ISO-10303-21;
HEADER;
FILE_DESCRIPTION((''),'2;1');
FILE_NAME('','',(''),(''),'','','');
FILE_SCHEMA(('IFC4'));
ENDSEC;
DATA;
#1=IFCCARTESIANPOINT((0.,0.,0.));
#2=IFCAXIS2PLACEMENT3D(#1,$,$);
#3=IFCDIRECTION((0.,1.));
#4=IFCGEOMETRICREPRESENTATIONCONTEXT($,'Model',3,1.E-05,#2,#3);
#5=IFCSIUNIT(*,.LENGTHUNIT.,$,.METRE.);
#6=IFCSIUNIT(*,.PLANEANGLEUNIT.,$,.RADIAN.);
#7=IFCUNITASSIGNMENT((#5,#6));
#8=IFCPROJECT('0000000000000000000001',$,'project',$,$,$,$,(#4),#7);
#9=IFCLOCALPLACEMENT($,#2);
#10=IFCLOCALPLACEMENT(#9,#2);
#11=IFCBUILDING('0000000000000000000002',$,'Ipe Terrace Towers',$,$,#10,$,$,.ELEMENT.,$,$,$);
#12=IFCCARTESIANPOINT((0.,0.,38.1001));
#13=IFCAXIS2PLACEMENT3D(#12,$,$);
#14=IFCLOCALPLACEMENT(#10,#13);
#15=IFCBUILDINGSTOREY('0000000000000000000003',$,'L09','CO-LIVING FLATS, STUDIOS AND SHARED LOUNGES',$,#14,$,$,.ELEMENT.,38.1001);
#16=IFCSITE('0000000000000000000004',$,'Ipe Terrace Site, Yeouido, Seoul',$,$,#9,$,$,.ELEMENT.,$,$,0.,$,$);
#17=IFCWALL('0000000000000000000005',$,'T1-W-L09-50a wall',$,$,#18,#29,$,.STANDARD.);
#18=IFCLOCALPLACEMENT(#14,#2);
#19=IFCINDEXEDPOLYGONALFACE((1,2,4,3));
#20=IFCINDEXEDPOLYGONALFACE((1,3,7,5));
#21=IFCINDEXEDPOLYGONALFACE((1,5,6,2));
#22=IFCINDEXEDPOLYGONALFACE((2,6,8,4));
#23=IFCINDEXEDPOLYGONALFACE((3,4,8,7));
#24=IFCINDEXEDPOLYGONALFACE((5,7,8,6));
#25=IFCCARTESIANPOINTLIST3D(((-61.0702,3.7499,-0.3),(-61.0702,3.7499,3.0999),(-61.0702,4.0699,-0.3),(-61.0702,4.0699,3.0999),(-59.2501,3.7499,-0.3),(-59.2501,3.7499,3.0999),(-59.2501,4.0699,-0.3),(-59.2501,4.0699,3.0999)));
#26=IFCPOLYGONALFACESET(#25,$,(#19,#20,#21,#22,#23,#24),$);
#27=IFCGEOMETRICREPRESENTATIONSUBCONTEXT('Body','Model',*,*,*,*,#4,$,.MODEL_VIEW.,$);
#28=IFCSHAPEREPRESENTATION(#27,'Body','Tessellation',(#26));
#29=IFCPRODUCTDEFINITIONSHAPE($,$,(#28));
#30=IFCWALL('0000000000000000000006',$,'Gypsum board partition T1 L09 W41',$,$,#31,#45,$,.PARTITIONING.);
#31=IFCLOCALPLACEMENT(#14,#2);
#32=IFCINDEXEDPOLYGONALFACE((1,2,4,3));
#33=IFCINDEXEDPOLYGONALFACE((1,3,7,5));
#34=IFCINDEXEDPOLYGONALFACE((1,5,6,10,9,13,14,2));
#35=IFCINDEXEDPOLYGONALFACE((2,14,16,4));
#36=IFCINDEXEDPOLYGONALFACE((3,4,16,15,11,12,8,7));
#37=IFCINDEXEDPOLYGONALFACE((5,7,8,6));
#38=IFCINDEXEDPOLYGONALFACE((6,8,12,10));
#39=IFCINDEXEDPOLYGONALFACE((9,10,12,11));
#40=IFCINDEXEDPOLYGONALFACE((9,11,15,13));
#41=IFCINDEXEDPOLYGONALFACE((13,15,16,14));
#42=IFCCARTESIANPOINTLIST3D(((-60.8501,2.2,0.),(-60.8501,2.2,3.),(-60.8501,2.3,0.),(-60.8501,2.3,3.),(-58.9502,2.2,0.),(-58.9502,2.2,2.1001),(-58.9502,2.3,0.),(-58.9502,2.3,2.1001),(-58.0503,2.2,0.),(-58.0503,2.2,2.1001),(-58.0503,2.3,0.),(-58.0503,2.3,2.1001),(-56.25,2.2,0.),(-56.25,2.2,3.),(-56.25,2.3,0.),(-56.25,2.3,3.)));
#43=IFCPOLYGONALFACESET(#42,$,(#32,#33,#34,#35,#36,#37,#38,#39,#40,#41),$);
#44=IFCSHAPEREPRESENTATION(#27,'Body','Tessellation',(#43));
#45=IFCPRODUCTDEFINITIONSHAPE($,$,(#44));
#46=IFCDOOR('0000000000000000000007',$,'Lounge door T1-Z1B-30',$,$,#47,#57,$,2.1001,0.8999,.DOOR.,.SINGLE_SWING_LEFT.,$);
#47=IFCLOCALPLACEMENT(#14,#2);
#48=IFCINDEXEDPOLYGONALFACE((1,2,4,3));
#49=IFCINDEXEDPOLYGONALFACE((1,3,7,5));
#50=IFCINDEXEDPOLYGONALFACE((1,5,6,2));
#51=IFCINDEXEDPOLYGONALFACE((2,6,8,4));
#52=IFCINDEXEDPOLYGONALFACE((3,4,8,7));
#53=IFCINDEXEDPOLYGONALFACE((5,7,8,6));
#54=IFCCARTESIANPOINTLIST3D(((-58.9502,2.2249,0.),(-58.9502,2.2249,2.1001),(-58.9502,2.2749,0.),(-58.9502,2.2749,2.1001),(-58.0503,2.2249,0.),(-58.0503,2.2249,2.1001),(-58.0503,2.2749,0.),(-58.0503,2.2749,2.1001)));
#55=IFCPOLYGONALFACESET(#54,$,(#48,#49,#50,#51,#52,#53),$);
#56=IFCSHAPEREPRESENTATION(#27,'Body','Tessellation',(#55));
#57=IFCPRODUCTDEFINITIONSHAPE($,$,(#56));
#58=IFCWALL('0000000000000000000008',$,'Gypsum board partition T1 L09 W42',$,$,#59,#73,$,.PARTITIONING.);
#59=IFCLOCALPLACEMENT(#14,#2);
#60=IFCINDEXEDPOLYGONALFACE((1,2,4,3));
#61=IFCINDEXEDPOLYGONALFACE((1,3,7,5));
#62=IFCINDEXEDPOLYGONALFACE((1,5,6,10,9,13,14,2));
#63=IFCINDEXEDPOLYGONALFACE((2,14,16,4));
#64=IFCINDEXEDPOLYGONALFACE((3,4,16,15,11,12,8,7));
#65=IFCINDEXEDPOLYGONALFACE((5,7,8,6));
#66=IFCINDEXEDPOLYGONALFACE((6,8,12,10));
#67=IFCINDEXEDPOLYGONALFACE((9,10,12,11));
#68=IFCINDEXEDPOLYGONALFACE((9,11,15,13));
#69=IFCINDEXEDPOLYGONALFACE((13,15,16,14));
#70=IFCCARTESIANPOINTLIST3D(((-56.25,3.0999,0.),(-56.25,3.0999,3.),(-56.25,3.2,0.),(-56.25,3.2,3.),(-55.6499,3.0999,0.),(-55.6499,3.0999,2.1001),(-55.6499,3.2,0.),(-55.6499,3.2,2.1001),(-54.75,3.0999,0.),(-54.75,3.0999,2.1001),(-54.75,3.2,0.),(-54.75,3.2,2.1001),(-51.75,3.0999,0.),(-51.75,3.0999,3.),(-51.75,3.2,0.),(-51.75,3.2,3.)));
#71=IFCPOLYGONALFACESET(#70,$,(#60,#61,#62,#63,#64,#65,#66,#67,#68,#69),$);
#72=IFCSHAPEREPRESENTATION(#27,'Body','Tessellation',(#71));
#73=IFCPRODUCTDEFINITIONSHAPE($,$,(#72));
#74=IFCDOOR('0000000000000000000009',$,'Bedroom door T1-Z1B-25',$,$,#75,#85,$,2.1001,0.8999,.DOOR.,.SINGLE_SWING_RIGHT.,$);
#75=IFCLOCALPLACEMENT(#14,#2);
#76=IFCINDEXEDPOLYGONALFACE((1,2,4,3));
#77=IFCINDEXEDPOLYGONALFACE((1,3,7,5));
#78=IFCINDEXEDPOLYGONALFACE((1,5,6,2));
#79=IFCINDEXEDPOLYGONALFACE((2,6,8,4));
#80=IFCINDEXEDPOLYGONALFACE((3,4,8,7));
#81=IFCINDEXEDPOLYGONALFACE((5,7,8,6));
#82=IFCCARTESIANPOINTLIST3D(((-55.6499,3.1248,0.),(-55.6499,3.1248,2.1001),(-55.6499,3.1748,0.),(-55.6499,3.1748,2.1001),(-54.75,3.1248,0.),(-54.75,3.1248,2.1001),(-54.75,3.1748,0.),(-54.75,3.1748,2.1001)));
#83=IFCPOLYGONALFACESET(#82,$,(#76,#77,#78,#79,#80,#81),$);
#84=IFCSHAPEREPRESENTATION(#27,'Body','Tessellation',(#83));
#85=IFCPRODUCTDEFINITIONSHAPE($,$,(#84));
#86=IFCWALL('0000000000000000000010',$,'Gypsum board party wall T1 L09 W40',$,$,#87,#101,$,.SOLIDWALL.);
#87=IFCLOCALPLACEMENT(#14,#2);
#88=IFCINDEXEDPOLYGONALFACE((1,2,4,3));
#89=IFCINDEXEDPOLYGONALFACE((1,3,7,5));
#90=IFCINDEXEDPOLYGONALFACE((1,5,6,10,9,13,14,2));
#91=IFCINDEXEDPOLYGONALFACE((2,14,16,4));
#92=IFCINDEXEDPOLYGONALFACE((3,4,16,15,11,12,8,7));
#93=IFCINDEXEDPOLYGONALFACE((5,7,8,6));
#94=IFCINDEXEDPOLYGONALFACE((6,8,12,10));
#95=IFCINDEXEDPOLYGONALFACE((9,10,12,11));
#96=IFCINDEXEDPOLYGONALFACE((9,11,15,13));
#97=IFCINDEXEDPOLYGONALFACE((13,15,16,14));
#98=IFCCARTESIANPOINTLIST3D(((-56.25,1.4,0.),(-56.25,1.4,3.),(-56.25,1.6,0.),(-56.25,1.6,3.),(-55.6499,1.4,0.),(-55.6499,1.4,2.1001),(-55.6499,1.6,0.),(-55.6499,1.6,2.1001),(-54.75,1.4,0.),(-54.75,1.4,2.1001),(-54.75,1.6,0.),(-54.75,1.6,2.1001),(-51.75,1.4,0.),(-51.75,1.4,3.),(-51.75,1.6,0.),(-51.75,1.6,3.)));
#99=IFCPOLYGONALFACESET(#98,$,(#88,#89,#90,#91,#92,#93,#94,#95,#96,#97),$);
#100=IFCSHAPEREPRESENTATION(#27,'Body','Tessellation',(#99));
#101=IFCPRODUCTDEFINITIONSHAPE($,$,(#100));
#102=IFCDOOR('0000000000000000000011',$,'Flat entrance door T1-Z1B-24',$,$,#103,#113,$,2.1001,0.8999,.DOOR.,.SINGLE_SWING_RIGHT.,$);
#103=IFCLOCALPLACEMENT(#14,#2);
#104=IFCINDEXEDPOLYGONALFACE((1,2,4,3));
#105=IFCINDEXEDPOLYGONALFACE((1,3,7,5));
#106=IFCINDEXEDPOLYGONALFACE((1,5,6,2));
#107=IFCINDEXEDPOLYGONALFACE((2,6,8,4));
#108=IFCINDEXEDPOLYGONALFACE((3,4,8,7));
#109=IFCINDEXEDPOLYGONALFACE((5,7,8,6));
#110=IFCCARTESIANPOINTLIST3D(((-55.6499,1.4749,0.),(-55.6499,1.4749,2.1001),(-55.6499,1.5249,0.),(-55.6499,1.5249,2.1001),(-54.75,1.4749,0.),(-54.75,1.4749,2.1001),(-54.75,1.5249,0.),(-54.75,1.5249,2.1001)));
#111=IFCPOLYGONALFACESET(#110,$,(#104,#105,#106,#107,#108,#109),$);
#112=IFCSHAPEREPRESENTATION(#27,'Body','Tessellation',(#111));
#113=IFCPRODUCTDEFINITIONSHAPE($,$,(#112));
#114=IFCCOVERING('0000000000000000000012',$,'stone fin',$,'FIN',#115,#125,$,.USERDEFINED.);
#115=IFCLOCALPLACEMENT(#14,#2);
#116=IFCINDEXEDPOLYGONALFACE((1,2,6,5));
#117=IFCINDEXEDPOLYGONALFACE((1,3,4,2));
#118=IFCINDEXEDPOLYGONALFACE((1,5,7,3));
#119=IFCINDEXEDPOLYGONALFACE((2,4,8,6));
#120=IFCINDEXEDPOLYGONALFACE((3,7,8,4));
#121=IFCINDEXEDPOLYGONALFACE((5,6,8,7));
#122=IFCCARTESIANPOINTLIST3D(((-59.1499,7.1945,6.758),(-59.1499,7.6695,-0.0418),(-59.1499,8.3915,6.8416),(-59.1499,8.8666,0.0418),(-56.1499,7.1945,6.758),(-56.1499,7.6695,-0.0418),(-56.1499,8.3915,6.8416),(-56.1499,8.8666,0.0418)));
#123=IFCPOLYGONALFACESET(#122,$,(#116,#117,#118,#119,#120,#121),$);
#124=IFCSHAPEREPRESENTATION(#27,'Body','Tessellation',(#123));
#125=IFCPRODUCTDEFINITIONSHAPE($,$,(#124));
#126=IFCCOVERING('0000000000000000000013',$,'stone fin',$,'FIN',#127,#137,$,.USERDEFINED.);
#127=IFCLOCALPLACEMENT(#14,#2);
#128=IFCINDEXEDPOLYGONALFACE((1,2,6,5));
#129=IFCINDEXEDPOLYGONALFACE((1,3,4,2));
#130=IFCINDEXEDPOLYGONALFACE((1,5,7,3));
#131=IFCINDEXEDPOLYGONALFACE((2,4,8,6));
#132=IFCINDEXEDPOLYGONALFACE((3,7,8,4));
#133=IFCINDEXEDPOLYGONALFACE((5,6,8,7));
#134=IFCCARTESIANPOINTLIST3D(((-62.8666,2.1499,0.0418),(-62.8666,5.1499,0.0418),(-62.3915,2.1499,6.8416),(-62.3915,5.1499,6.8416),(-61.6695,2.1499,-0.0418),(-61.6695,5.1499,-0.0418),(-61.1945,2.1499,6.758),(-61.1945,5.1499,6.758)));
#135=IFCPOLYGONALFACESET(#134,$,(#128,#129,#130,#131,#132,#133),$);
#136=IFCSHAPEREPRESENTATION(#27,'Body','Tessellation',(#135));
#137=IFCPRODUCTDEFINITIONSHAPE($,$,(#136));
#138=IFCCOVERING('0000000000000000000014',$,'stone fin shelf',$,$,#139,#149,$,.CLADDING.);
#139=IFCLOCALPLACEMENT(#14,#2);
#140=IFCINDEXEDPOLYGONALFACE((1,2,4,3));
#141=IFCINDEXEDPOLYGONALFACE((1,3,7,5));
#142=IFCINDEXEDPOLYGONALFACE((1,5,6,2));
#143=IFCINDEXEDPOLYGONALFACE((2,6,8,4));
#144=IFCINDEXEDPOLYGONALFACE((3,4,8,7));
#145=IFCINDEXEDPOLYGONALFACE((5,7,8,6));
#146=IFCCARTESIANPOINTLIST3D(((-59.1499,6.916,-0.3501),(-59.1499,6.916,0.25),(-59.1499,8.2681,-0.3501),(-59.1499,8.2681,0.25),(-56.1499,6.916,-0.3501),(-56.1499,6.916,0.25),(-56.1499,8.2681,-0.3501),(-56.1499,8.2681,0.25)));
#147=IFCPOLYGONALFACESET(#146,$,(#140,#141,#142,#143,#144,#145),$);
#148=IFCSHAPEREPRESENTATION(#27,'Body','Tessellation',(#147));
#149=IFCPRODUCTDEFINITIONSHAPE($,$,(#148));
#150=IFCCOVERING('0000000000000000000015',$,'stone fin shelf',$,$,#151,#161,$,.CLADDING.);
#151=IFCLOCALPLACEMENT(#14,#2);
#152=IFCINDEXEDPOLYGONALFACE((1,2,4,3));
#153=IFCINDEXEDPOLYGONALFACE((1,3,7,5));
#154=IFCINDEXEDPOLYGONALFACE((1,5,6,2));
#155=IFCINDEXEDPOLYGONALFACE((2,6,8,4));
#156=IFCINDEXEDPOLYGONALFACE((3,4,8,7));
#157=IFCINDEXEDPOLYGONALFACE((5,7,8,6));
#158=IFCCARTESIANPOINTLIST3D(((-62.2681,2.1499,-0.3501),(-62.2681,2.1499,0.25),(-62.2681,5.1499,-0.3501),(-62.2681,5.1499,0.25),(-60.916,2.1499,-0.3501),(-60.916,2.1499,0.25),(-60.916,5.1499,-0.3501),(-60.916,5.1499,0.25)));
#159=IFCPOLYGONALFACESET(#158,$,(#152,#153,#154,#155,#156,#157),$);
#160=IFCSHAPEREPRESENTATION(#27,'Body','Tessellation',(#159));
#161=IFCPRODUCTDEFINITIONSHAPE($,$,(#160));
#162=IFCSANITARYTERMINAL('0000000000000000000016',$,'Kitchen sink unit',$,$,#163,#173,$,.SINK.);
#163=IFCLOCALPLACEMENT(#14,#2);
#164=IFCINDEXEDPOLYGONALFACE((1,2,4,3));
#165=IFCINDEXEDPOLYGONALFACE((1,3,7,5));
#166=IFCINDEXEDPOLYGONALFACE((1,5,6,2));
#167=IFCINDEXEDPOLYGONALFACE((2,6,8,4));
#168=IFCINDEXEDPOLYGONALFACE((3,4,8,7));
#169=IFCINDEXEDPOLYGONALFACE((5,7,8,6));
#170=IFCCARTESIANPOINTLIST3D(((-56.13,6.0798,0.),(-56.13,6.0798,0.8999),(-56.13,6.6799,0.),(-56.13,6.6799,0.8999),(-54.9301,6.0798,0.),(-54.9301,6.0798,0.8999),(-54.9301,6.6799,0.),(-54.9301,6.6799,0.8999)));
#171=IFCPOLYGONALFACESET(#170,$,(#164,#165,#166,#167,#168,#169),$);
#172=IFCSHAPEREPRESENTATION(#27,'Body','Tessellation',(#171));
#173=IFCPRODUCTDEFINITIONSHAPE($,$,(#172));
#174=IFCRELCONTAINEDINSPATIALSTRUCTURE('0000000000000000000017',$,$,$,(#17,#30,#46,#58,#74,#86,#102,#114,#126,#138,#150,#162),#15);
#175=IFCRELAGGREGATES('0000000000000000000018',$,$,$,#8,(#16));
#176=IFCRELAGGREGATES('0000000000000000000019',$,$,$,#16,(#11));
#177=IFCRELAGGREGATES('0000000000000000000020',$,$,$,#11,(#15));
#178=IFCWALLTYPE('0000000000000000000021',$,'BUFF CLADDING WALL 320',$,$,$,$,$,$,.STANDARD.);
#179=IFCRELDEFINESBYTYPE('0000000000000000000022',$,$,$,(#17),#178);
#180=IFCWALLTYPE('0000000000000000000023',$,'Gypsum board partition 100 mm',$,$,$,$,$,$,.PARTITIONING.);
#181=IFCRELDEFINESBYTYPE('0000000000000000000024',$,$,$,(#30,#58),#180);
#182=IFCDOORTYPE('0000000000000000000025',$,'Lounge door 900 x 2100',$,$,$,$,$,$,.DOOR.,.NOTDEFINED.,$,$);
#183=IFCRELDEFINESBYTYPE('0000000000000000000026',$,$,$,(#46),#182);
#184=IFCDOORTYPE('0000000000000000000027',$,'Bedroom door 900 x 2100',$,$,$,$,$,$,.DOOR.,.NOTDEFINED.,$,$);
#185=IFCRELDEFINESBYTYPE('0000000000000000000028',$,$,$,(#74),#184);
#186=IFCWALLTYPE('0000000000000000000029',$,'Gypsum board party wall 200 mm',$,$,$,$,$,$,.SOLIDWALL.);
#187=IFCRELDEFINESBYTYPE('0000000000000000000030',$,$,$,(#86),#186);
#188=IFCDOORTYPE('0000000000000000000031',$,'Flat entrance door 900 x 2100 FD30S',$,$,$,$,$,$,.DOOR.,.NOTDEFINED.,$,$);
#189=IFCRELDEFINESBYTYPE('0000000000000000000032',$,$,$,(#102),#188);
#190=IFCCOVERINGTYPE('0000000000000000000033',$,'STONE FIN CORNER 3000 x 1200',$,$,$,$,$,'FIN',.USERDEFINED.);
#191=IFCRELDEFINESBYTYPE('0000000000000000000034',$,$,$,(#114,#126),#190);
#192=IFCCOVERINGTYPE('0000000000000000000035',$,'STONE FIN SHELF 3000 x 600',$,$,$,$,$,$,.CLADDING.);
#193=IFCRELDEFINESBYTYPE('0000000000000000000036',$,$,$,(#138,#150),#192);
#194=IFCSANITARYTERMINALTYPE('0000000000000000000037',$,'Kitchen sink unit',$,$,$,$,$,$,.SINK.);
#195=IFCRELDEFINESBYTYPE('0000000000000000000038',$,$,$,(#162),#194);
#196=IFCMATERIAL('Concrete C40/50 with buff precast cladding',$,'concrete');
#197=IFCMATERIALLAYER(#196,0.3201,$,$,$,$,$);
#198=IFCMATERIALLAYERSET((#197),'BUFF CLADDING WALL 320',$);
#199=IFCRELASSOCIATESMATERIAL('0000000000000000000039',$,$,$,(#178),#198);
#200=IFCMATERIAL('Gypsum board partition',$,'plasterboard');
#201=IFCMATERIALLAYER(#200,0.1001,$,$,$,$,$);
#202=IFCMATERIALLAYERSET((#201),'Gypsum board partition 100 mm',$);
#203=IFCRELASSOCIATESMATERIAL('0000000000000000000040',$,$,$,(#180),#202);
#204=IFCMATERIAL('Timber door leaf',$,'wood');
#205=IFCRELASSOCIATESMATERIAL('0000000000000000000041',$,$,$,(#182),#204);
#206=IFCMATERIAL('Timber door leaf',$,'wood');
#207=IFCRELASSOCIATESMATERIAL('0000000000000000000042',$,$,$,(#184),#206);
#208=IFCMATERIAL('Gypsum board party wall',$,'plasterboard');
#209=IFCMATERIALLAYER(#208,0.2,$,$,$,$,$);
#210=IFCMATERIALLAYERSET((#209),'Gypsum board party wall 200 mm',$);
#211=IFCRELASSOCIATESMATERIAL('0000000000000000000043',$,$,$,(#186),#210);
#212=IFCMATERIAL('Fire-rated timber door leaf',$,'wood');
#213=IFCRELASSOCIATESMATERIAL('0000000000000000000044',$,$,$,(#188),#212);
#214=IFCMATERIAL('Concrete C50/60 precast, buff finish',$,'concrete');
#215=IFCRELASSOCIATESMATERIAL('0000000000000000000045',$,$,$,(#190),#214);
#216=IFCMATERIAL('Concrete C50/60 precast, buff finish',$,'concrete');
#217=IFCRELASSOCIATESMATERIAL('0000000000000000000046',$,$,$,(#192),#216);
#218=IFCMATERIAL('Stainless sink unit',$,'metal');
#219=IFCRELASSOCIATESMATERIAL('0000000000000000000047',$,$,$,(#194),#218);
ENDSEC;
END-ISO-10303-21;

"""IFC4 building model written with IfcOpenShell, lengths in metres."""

from ifc_helpers import new_model, si_unit, direction, frame, frame_2d, origin, origin_2d, place, context, subcontext, project, spatial, rectangle, extrude, material, layer, layer_set, material_profile, profile_set, type_object, element, fill, save


model = new_model("IFC4")

# Units and contexts
model_context = context("Model", 3, precision=1e-05, world=origin(), true_north=direction((0.0, 1.0)))
body_context = subcontext(model_context, "Body", "Model", "MODEL_VIEW")
ifc_project = project(units=[si_unit("LENGTHUNIT", "METRE"), si_unit("PLANEANGLEUNIT", "RADIAN")], contexts=[model_context])

# Site, building, storey
site_placement = place(None, origin())
site = spatial("IfcSite", under=ifc_project, at=site_placement, Name="Ipe Terrace Site, Yeouido, Seoul", CompositionType="ELEMENT", RefElevation=0.0)
building_placement = place(site_placement, origin())
building = spatial("IfcBuilding", under=site, at=building_placement, Name="Ipe Terrace Towers", CompositionType="ELEMENT")
storey_placement = place(building_placement, frame((0.0, 0.0, 38.1001)))
storey = spatial("IfcBuildingStorey", under=building, at=storey_placement, Name="L09", Description="CO-LIVING FLATS, STUDIOS AND SHARED LOUNGES", CompositionType="ELEMENT", Elevation=38.1001)

# Wall
ifc_material_1 = material(Name="Concrete C40/50 with buff precast cladding", Category="concrete")
ifc_layer_1 = layer(ifc_material_1, 0.3201)
ifc_layer_set_1 = layer_set([ifc_layer_1], Name="BUFF CLADDING WALL 320")
wall_type_1 = type_object("IfcWallType", Name="BUFF CLADDING WALL 320", PredefinedType="STANDARD", material=ifc_layer_set_1)
wall_1_placement = place(storey_placement, frame((-59.25, 3.9099, -0.3), z_axis=(0.0, 0.0, 1.0), x_axis=(-1.0, 0.0, 0.0)))
element("IfcWall", 1, at=wall_1_placement, inside=storey, type_object=wall_type_1, Name="T1-W-L09-50a wall", PredefinedType="STANDARD", context=body_context, shape_type="SweptSolid", body=[
    extrude(rectangle(XDim=1.8201, YDim=0.3201, at=frame_2d((0.9102, 0.0))), origin(), (0.0, 0.0, 1.0), 3.3999),
])

# Walls, openings, doors
ifc_material_2 = material(Name="Gypsum board partition", Category="plasterboard")
ifc_layer_2 = layer(ifc_material_2, 0.1001)
ifc_layer_set_2 = layer_set([ifc_layer_2], Name="Gypsum board partition 100 mm")
wall_type_2 = type_object("IfcWallType", Name="Gypsum board partition 100 mm", PredefinedType="PARTITIONING", material=ifc_layer_set_2)
wall_2_placement = place(storey_placement, frame((-60.8501, 2.25, 0.0), z_axis=(0.0, 0.0, 1.0), x_axis=(1.0, 0.0, 0.0)))
wall_2 = element("IfcWall", 2, at=wall_2_placement, inside=storey, type_object=wall_type_2, Name="Gypsum board partition T1 L09 W41", PredefinedType="PARTITIONING", context=body_context, shape_type="SweptSolid", body=[
    extrude(rectangle(XDim=4.6001, YDim=0.1001, at=frame_2d((2.3, 0.0))), origin(), (0.0, 0.0, 1.0), 3.0),
])
opening_1_placement = place(wall_2_placement, frame((1.8999, 0.0, 0.0)))
opening_1 = element("IfcOpeningElement", 3, at=opening_1_placement, cuts=wall_2, PredefinedType="OPENING", context=body_context, shape_type="SweptSolid", body=[
    extrude(rectangle(XDim=0.8999, YDim=2.1001, at=frame_2d((0.45, 1.05))), frame((0.0, 0.0601, 0.0), z_axis=(0.0, -1.0, 0.0), x_axis=(1.0, 0.0, 0.0)), (0.0, 0.0, 1.0), 0.1201),
])
ifc_material_3 = material(Name="Timber door leaf", Category="wood")
door_type_1 = type_object("IfcDoorType", Name="Lounge door 900 x 2100", OperationType="NOTDEFINED", PredefinedType="DOOR", material=ifc_material_3)
door_1_placement = place(opening_1_placement, origin())
door_1 = element("IfcDoor", 4, at=door_1_placement, inside=storey, type_object=door_type_1, Name="Lounge door T1-Z1B-30", OperationType="SINGLE_SWING_LEFT", OverallHeight=2.1001, OverallWidth=0.8999, PredefinedType="DOOR", context=body_context, shape_type="SweptSolid", body=[
    extrude(rectangle(XDim=0.8999, YDim=2.1001, at=frame_2d((0.45, 1.05))), frame((0.0, 0.0249, 0.0), z_axis=(0.0, -1.0, 0.0), x_axis=(1.0, 0.0, 0.0)), (0.0, 0.0, 1.0), 0.05),
])
fill(opening_1, door_1)
wall_3_placement = place(storey_placement, frame((-56.25, 3.1499, 0.0), z_axis=(0.0, 0.0, 1.0), x_axis=(1.0, 0.0, 0.0)))
wall_3 = element("IfcWall", 5, at=wall_3_placement, inside=storey, type_object=wall_type_2, Name="Gypsum board partition T1 L09 W42", PredefinedType="PARTITIONING", context=body_context, shape_type="SweptSolid", body=[
    extrude(rectangle(XDim=4.5, YDim=0.1001, at=frame_2d((2.25, 0.0))), origin(), (0.0, 0.0, 1.0), 3.0),
])
opening_2_placement = place(wall_3_placement, frame((0.6001, 0.0, 0.0)))
opening_2 = element("IfcOpeningElement", 6, at=opening_2_placement, cuts=wall_3, PredefinedType="OPENING", context=body_context, shape_type="SweptSolid", body=[
    extrude(rectangle(XDim=0.8999, YDim=2.1001, at=frame_2d((0.45, 1.05))), frame((0.0, 0.0601, 0.0), z_axis=(0.0, -1.0, 0.0), x_axis=(1.0, 0.0, 0.0)), (0.0, 0.0, 1.0), 0.1201),
])
ifc_material_4 = material(Name="Timber door leaf", Category="wood")
door_type_2 = type_object("IfcDoorType", Name="Bedroom door 900 x 2100", OperationType="NOTDEFINED", PredefinedType="DOOR", material=ifc_material_4)
door_2_placement = place(opening_2_placement, origin())
door_2 = element("IfcDoor", 7, at=door_2_placement, inside=storey, type_object=door_type_2, Name="Bedroom door T1-Z1B-25", OperationType="SINGLE_SWING_RIGHT", OverallHeight=2.1001, OverallWidth=0.8999, PredefinedType="DOOR", context=body_context, shape_type="SweptSolid", body=[
    extrude(rectangle(XDim=0.8999, YDim=2.1001, at=frame_2d((0.45, 1.05))), frame((0.0, 0.0249, 0.0), z_axis=(0.0, -1.0, 0.0), x_axis=(1.0, 0.0, 0.0)), (0.0, 0.0, 1.0), 0.05),
])
fill(opening_2, door_2)
ifc_material_5 = material(Name="Gypsum board party wall", Category="plasterboard")
ifc_layer_3 = layer(ifc_material_5, 0.2)
ifc_layer_set_3 = layer_set([ifc_layer_3], Name="Gypsum board party wall 200 mm")
wall_type_3 = type_object("IfcWallType", Name="Gypsum board party wall 200 mm", PredefinedType="SOLIDWALL", material=ifc_layer_set_3)
wall_4_placement = place(storey_placement, frame((-56.25, 1.5, 0.0), z_axis=(0.0, 0.0, 1.0), x_axis=(1.0, 0.0, 0.0)))
wall_4 = element("IfcWall", 8, at=wall_4_placement, inside=storey, type_object=wall_type_3, Name="Gypsum board party wall T1 L09 W40", PredefinedType="SOLIDWALL", context=body_context, shape_type="SweptSolid", body=[
    extrude(rectangle(XDim=4.5, YDim=0.2, at=frame_2d((2.25, 0.0))), origin(), (0.0, 0.0, 1.0), 3.0),
])
opening_3_placement = place(wall_4_placement, frame((0.6001, 0.0, 0.0)))
opening_3 = element("IfcOpeningElement", 9, at=opening_3_placement, cuts=wall_4, PredefinedType="OPENING", context=body_context, shape_type="SweptSolid", body=[
    extrude(rectangle(XDim=0.8999, YDim=2.1001, at=frame_2d((0.45, 1.05))), frame((0.0, 0.1099, 0.0), z_axis=(0.0, -1.0, 0.0), x_axis=(1.0, 0.0, 0.0)), (0.0, 0.0, 1.0), 0.22),
])
ifc_material_6 = material(Name="Fire-rated timber door leaf", Category="wood")
door_type_3 = type_object("IfcDoorType", Name="Flat entrance door 900 x 2100 FD30S", OperationType="NOTDEFINED", PredefinedType="DOOR", material=ifc_material_6)
door_3_placement = place(opening_3_placement, origin())
door_3 = element("IfcDoor", 10, at=door_3_placement, inside=storey, type_object=door_type_3, Name="Flat entrance door T1-Z1B-24", OperationType="SINGLE_SWING_RIGHT", OverallHeight=2.1001, OverallWidth=0.8999, PredefinedType="DOOR", context=body_context, shape_type="SweptSolid", body=[
    extrude(rectangle(XDim=0.8999, YDim=2.1001, at=frame_2d((0.45, 1.05))), frame((0.0, 0.0249, 0.0), z_axis=(0.0, -1.0, 0.0), x_axis=(1.0, 0.0, 0.0)), (0.0, 0.0, 1.0), 0.05),
])
fill(opening_3, door_3)

# Coverings
ifc_material_7 = material(Name="Concrete C50/60 precast, buff finish", Category="concrete")
ifc_material_profile_1 = material_profile(ifc_material_7, rectangle(XDim=3.0, YDim=1.2, at=origin_2d()), Name="STONE FIN CORNER 3000 x 1200")
ifc_profile_set_1 = profile_set([ifc_material_profile_1], Name="Concrete C50/60 precast, buff finish")
covering_type_1 = type_object("IfcCoveringType", Name="STONE FIN CORNER 3000 x 1200", ElementType="FIN", PredefinedType="USERDEFINED", material=ifc_profile_set_1)
for number, where, z_axis, x_axis, name in (
    (11, (-57.6499, 8.2681, 0.0), (0.0, -0.069699, 0.997568), (-1.0, 0.0, 0.0), "stone fin"),
    (12, (-62.2681, 3.6499, 0.0), (0.069699, 0.0, 0.997568), (0.0, -1.0, 0.0), "stone fin"),
):
    element("IfcCovering", number, at=place(storey_placement, frame(where, z_axis=z_axis, x_axis=x_axis)), inside=storey, type_object=covering_type_1, Name=name, ObjectType="FIN", PredefinedType="USERDEFINED", context=body_context, shape_type="SweptSolid", body=[
        extrude(rectangle(XDim=3.0, YDim=1.2, at=origin_2d()), origin(), (0.0, 0.0, 1.0), 6.8164),
    ])
ifc_material_8 = material(Name="Concrete C50/60 precast, buff finish", Category="concrete")
covering_type_2 = type_object("IfcCoveringType", Name="STONE FIN SHELF 3000 x 600", PredefinedType="CLADDING", material=ifc_material_8)
for number, where, z_axis, x_axis, name in (
    (13, (-57.6499, 7.592, -0.3501), (0.0, 0.0, 1.0), (-1.0, 0.0, 0.0), "stone fin shelf"),
    (14, (-61.592, 3.6499, -0.3501), (0.0, 0.0, 1.0), (0.0, -1.0, 0.0), "stone fin shelf"),
):
    element("IfcCovering", number, at=place(storey_placement, frame(where, z_axis=z_axis, x_axis=x_axis)), inside=storey, type_object=covering_type_2, Name=name, PredefinedType="CLADDING", context=body_context, shape_type="SweptSolid", body=[
        extrude(rectangle(XDim=3.0, YDim=1.3521, at=origin_2d()), origin(), (0.0, 0.0, 1.0), 0.6001),
    ])

# Sanitary terminal
ifc_material_9 = material(Name="Stainless sink unit", Category="metal")
sanitary_terminal_type = type_object("IfcSanitaryTerminalType", Name="Kitchen sink unit", PredefinedType="SINK", material=ifc_material_9)
sanitary_terminal_placement = place(storey_placement, frame((-55.53, 6.3799, 0.0), z_axis=(0.0, 0.0, 1.0), x_axis=(1.0, 0.0, 0.0)))
element("IfcSanitaryTerminal", 15, at=sanitary_terminal_placement, inside=storey, type_object=sanitary_terminal_type, Name="Kitchen sink unit", PredefinedType="SINK", context=body_context, shape_type="SweptSolid", body=[
    extrude(rectangle(XDim=1.2, YDim=0.6001, at=origin_2d()), origin(), (0.0, 0.0, 1.0), 0.8999),
])

save(model, "model.ifc")
